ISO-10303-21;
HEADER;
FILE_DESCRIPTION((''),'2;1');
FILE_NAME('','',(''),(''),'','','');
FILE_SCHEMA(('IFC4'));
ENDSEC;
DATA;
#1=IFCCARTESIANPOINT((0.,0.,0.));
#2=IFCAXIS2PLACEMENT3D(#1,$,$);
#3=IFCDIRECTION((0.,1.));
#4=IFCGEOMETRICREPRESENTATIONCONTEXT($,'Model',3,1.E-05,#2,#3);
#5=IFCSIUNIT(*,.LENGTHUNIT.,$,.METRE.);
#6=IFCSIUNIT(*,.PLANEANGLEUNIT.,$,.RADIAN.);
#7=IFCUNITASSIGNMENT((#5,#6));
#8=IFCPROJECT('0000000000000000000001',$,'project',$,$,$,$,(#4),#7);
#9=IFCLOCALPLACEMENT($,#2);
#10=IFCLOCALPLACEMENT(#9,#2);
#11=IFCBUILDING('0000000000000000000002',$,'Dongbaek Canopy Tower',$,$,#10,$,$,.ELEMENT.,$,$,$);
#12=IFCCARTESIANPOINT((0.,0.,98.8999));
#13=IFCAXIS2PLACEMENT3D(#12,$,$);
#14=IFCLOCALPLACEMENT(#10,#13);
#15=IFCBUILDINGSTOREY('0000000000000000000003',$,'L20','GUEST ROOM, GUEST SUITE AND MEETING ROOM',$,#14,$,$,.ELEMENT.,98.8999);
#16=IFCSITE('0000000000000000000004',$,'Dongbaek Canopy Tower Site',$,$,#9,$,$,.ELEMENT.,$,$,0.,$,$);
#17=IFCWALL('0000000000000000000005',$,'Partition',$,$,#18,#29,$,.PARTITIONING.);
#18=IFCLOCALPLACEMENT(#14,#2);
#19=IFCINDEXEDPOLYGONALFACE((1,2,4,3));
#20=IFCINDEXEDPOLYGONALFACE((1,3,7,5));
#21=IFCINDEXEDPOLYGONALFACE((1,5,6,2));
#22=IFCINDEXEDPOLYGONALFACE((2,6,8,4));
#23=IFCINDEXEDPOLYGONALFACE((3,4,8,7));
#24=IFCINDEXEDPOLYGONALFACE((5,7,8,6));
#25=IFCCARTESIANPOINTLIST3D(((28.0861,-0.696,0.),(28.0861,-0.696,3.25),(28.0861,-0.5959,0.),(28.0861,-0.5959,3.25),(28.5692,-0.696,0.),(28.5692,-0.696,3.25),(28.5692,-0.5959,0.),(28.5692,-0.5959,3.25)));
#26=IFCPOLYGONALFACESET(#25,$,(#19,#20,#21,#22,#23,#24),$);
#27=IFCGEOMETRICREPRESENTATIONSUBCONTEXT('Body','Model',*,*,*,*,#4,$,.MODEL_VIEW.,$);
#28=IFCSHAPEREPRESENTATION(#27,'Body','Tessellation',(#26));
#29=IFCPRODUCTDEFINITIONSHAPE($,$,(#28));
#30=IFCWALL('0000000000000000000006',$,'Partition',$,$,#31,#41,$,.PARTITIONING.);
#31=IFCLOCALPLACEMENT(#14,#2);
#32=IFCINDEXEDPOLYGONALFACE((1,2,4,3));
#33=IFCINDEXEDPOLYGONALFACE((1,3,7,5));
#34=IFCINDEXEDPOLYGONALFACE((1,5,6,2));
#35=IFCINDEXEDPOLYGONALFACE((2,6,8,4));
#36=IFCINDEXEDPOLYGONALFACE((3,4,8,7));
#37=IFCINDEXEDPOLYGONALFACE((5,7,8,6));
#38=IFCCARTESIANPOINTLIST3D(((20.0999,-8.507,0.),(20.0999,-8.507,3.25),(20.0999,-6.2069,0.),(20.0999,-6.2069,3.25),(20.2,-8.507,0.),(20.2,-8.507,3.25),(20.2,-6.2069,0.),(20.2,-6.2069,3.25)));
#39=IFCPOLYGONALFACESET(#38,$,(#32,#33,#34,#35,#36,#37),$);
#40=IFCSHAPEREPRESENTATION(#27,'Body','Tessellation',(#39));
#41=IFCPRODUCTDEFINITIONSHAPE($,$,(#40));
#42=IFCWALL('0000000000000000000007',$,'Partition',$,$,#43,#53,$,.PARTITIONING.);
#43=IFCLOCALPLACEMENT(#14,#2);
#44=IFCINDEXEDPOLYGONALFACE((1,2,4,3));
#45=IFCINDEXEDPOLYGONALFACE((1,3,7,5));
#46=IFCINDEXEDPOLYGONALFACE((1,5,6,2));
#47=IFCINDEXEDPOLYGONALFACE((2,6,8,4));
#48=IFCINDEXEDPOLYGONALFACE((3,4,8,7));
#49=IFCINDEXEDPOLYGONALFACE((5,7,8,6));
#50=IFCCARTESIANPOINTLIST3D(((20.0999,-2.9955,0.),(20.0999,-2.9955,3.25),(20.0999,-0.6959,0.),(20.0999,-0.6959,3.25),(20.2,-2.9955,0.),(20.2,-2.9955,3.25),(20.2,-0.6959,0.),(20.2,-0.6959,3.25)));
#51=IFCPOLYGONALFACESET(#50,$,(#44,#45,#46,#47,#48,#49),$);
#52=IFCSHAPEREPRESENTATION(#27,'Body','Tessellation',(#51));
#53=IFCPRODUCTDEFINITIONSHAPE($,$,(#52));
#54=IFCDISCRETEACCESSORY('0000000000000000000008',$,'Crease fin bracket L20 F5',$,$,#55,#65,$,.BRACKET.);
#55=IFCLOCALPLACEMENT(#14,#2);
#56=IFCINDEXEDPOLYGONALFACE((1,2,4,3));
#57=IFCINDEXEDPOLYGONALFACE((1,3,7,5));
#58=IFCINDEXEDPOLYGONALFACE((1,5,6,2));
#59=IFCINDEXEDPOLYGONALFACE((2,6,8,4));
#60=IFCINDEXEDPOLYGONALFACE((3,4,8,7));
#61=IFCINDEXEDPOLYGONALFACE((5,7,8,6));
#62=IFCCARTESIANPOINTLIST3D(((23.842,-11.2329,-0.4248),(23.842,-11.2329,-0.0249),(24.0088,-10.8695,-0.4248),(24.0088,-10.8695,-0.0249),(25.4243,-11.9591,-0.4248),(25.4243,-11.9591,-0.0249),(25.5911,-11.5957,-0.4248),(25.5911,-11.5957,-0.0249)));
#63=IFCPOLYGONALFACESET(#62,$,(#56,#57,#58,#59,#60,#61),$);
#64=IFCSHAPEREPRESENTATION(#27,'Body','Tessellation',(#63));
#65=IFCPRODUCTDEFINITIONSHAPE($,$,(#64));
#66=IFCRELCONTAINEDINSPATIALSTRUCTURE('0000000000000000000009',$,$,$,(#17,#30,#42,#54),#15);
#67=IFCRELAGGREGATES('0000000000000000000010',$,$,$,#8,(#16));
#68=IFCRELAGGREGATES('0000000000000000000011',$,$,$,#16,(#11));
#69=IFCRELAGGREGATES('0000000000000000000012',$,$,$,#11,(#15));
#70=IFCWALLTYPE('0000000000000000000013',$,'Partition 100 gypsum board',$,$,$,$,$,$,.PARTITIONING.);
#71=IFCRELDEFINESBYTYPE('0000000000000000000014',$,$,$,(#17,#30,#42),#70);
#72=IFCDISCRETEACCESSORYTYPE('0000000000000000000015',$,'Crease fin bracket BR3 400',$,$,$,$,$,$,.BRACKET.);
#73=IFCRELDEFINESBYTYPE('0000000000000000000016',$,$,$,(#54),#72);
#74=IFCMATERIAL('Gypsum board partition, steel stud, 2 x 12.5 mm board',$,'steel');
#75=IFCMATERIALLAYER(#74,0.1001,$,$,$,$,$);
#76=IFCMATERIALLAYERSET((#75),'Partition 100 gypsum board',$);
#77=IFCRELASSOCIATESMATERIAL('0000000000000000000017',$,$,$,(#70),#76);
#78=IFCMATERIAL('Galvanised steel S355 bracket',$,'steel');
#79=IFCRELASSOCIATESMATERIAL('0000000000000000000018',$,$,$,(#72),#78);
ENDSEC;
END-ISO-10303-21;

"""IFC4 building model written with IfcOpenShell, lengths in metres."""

from ifc_helpers import new_model, si_unit, direction, frame, frame_2d, origin, origin_2d, place, context, subcontext, project, spatial, rectangle, extrude, material, layer, layer_set, type_object, element, save


model = new_model("IFC4")

# Units and contexts
model_context = context("Model", 3, precision=1e-05, world=origin(), true_north=direction((0.0, 1.0)))
body_context = subcontext(model_context, "Body", "Model", "MODEL_VIEW")
ifc_project = project(units=[si_unit("LENGTHUNIT", "METRE"), si_unit("PLANEANGLEUNIT", "RADIAN")], contexts=[model_context])

# Site, building, storey
site_placement = place(None, origin())
site = spatial("IfcSite", under=ifc_project, at=site_placement, Name="Dongbaek Canopy Tower Site", CompositionType="ELEMENT", RefElevation=0.0)
building_placement = place(site_placement, origin())
building = spatial("IfcBuilding", under=site, at=building_placement, Name="Dongbaek Canopy Tower", CompositionType="ELEMENT")
storey_placement = place(building_placement, frame((0.0, 0.0, 98.8999)))
storey = spatial("IfcBuildingStorey", under=building, at=storey_placement, Name="L20", Description="GUEST ROOM, GUEST SUITE AND MEETING ROOM", CompositionType="ELEMENT", Elevation=98.8999)

# Shared definitions
ifc_material_1 = material(Name="Gypsum board partition, steel stud, 2 x 12.5 mm board", Category="steel")
ifc_layer_1 = layer(ifc_material_1, 0.1001)
ifc_layer_set_1 = layer_set([ifc_layer_1], Name="Partition 100 gypsum board")
wall_type_1 = type_object("IfcWallType", Name="Partition 100 gypsum board", PredefinedType="PARTITIONING", material=ifc_layer_set_1)

# Walls
wall_1_placement = place(storey_placement, frame((28.0859, -0.646, 0.0), z_axis=(0.0, 0.0, 1.0), x_axis=(1.0, 0.0, 0.0)))
element("IfcWall", 1, at=wall_1_placement, inside=storey, type_object=wall_type_1, Name="Partition", PredefinedType="PARTITIONING", context=body_context, shape_type="SweptSolid", body=[
    extrude(rectangle(XDim=0.4832, YDim=0.1001, at=frame_2d((0.2417, 0.0))), origin(), (0.0, 0.0, 1.0), 3.25),
])
wall_2_placement = place(storey_placement, frame((20.1499, -8.5068, 0.0), z_axis=(0.0, 0.0, 1.0), x_axis=(0.0, 1.0, 0.0)))
element("IfcWall", 2, at=wall_2_placement, inside=storey, type_object=wall_type_1, Name="Partition", PredefinedType="PARTITIONING", context=body_context, shape_type="SweptSolid", body=[
    extrude(rectangle(XDim=2.3, YDim=0.1001, at=frame_2d((1.1499, 0.0))), origin(), (0.0, 0.0, 1.0), 3.25),
])
wall_3_placement = place(storey_placement, frame((20.1499, -2.9956, 0.0), z_axis=(0.0, 0.0, 1.0), x_axis=(0.0, 1.0, 0.0)))
element("IfcWall", 3, at=wall_3_placement, inside=storey, type_object=wall_type_1, Name="Partition", PredefinedType="PARTITIONING", context=body_context, shape_type="SweptSolid", body=[
    extrude(rectangle(XDim=2.2996, YDim=0.1001, at=frame_2d((1.1499, 0.0))), origin(), (0.0, 0.0, 1.0), 3.25),
])

# Discrete accessory
ifc_material_2 = material(Name="Galvanised steel S355 bracket", Category="steel")
discrete_accessory_type = type_object("IfcDiscreteAccessoryType", Name="Crease fin bracket BR3 400", PredefinedType="BRACKET", material=ifc_material_2)
discrete_accessory_placement = place(storey_placement, frame((24.7166, -11.4143, -0.4248), z_axis=(0.0, 0.0, 1.0), x_axis=(0.908848, -0.417126, 0.0)))
element("IfcDiscreteAccessory", 4, at=discrete_accessory_placement, inside=storey, type_object=discrete_accessory_type, Name="Crease fin bracket L20 F5", PredefinedType="BRACKET", context=body_context, shape_type="SweptSolid", body=[
    extrude(rectangle(XDim=1.741, YDim=0.3999, at=origin_2d()), origin(), (0.0, 0.0, 1.0), 0.3999),
])

save(model, "model.ifc")
